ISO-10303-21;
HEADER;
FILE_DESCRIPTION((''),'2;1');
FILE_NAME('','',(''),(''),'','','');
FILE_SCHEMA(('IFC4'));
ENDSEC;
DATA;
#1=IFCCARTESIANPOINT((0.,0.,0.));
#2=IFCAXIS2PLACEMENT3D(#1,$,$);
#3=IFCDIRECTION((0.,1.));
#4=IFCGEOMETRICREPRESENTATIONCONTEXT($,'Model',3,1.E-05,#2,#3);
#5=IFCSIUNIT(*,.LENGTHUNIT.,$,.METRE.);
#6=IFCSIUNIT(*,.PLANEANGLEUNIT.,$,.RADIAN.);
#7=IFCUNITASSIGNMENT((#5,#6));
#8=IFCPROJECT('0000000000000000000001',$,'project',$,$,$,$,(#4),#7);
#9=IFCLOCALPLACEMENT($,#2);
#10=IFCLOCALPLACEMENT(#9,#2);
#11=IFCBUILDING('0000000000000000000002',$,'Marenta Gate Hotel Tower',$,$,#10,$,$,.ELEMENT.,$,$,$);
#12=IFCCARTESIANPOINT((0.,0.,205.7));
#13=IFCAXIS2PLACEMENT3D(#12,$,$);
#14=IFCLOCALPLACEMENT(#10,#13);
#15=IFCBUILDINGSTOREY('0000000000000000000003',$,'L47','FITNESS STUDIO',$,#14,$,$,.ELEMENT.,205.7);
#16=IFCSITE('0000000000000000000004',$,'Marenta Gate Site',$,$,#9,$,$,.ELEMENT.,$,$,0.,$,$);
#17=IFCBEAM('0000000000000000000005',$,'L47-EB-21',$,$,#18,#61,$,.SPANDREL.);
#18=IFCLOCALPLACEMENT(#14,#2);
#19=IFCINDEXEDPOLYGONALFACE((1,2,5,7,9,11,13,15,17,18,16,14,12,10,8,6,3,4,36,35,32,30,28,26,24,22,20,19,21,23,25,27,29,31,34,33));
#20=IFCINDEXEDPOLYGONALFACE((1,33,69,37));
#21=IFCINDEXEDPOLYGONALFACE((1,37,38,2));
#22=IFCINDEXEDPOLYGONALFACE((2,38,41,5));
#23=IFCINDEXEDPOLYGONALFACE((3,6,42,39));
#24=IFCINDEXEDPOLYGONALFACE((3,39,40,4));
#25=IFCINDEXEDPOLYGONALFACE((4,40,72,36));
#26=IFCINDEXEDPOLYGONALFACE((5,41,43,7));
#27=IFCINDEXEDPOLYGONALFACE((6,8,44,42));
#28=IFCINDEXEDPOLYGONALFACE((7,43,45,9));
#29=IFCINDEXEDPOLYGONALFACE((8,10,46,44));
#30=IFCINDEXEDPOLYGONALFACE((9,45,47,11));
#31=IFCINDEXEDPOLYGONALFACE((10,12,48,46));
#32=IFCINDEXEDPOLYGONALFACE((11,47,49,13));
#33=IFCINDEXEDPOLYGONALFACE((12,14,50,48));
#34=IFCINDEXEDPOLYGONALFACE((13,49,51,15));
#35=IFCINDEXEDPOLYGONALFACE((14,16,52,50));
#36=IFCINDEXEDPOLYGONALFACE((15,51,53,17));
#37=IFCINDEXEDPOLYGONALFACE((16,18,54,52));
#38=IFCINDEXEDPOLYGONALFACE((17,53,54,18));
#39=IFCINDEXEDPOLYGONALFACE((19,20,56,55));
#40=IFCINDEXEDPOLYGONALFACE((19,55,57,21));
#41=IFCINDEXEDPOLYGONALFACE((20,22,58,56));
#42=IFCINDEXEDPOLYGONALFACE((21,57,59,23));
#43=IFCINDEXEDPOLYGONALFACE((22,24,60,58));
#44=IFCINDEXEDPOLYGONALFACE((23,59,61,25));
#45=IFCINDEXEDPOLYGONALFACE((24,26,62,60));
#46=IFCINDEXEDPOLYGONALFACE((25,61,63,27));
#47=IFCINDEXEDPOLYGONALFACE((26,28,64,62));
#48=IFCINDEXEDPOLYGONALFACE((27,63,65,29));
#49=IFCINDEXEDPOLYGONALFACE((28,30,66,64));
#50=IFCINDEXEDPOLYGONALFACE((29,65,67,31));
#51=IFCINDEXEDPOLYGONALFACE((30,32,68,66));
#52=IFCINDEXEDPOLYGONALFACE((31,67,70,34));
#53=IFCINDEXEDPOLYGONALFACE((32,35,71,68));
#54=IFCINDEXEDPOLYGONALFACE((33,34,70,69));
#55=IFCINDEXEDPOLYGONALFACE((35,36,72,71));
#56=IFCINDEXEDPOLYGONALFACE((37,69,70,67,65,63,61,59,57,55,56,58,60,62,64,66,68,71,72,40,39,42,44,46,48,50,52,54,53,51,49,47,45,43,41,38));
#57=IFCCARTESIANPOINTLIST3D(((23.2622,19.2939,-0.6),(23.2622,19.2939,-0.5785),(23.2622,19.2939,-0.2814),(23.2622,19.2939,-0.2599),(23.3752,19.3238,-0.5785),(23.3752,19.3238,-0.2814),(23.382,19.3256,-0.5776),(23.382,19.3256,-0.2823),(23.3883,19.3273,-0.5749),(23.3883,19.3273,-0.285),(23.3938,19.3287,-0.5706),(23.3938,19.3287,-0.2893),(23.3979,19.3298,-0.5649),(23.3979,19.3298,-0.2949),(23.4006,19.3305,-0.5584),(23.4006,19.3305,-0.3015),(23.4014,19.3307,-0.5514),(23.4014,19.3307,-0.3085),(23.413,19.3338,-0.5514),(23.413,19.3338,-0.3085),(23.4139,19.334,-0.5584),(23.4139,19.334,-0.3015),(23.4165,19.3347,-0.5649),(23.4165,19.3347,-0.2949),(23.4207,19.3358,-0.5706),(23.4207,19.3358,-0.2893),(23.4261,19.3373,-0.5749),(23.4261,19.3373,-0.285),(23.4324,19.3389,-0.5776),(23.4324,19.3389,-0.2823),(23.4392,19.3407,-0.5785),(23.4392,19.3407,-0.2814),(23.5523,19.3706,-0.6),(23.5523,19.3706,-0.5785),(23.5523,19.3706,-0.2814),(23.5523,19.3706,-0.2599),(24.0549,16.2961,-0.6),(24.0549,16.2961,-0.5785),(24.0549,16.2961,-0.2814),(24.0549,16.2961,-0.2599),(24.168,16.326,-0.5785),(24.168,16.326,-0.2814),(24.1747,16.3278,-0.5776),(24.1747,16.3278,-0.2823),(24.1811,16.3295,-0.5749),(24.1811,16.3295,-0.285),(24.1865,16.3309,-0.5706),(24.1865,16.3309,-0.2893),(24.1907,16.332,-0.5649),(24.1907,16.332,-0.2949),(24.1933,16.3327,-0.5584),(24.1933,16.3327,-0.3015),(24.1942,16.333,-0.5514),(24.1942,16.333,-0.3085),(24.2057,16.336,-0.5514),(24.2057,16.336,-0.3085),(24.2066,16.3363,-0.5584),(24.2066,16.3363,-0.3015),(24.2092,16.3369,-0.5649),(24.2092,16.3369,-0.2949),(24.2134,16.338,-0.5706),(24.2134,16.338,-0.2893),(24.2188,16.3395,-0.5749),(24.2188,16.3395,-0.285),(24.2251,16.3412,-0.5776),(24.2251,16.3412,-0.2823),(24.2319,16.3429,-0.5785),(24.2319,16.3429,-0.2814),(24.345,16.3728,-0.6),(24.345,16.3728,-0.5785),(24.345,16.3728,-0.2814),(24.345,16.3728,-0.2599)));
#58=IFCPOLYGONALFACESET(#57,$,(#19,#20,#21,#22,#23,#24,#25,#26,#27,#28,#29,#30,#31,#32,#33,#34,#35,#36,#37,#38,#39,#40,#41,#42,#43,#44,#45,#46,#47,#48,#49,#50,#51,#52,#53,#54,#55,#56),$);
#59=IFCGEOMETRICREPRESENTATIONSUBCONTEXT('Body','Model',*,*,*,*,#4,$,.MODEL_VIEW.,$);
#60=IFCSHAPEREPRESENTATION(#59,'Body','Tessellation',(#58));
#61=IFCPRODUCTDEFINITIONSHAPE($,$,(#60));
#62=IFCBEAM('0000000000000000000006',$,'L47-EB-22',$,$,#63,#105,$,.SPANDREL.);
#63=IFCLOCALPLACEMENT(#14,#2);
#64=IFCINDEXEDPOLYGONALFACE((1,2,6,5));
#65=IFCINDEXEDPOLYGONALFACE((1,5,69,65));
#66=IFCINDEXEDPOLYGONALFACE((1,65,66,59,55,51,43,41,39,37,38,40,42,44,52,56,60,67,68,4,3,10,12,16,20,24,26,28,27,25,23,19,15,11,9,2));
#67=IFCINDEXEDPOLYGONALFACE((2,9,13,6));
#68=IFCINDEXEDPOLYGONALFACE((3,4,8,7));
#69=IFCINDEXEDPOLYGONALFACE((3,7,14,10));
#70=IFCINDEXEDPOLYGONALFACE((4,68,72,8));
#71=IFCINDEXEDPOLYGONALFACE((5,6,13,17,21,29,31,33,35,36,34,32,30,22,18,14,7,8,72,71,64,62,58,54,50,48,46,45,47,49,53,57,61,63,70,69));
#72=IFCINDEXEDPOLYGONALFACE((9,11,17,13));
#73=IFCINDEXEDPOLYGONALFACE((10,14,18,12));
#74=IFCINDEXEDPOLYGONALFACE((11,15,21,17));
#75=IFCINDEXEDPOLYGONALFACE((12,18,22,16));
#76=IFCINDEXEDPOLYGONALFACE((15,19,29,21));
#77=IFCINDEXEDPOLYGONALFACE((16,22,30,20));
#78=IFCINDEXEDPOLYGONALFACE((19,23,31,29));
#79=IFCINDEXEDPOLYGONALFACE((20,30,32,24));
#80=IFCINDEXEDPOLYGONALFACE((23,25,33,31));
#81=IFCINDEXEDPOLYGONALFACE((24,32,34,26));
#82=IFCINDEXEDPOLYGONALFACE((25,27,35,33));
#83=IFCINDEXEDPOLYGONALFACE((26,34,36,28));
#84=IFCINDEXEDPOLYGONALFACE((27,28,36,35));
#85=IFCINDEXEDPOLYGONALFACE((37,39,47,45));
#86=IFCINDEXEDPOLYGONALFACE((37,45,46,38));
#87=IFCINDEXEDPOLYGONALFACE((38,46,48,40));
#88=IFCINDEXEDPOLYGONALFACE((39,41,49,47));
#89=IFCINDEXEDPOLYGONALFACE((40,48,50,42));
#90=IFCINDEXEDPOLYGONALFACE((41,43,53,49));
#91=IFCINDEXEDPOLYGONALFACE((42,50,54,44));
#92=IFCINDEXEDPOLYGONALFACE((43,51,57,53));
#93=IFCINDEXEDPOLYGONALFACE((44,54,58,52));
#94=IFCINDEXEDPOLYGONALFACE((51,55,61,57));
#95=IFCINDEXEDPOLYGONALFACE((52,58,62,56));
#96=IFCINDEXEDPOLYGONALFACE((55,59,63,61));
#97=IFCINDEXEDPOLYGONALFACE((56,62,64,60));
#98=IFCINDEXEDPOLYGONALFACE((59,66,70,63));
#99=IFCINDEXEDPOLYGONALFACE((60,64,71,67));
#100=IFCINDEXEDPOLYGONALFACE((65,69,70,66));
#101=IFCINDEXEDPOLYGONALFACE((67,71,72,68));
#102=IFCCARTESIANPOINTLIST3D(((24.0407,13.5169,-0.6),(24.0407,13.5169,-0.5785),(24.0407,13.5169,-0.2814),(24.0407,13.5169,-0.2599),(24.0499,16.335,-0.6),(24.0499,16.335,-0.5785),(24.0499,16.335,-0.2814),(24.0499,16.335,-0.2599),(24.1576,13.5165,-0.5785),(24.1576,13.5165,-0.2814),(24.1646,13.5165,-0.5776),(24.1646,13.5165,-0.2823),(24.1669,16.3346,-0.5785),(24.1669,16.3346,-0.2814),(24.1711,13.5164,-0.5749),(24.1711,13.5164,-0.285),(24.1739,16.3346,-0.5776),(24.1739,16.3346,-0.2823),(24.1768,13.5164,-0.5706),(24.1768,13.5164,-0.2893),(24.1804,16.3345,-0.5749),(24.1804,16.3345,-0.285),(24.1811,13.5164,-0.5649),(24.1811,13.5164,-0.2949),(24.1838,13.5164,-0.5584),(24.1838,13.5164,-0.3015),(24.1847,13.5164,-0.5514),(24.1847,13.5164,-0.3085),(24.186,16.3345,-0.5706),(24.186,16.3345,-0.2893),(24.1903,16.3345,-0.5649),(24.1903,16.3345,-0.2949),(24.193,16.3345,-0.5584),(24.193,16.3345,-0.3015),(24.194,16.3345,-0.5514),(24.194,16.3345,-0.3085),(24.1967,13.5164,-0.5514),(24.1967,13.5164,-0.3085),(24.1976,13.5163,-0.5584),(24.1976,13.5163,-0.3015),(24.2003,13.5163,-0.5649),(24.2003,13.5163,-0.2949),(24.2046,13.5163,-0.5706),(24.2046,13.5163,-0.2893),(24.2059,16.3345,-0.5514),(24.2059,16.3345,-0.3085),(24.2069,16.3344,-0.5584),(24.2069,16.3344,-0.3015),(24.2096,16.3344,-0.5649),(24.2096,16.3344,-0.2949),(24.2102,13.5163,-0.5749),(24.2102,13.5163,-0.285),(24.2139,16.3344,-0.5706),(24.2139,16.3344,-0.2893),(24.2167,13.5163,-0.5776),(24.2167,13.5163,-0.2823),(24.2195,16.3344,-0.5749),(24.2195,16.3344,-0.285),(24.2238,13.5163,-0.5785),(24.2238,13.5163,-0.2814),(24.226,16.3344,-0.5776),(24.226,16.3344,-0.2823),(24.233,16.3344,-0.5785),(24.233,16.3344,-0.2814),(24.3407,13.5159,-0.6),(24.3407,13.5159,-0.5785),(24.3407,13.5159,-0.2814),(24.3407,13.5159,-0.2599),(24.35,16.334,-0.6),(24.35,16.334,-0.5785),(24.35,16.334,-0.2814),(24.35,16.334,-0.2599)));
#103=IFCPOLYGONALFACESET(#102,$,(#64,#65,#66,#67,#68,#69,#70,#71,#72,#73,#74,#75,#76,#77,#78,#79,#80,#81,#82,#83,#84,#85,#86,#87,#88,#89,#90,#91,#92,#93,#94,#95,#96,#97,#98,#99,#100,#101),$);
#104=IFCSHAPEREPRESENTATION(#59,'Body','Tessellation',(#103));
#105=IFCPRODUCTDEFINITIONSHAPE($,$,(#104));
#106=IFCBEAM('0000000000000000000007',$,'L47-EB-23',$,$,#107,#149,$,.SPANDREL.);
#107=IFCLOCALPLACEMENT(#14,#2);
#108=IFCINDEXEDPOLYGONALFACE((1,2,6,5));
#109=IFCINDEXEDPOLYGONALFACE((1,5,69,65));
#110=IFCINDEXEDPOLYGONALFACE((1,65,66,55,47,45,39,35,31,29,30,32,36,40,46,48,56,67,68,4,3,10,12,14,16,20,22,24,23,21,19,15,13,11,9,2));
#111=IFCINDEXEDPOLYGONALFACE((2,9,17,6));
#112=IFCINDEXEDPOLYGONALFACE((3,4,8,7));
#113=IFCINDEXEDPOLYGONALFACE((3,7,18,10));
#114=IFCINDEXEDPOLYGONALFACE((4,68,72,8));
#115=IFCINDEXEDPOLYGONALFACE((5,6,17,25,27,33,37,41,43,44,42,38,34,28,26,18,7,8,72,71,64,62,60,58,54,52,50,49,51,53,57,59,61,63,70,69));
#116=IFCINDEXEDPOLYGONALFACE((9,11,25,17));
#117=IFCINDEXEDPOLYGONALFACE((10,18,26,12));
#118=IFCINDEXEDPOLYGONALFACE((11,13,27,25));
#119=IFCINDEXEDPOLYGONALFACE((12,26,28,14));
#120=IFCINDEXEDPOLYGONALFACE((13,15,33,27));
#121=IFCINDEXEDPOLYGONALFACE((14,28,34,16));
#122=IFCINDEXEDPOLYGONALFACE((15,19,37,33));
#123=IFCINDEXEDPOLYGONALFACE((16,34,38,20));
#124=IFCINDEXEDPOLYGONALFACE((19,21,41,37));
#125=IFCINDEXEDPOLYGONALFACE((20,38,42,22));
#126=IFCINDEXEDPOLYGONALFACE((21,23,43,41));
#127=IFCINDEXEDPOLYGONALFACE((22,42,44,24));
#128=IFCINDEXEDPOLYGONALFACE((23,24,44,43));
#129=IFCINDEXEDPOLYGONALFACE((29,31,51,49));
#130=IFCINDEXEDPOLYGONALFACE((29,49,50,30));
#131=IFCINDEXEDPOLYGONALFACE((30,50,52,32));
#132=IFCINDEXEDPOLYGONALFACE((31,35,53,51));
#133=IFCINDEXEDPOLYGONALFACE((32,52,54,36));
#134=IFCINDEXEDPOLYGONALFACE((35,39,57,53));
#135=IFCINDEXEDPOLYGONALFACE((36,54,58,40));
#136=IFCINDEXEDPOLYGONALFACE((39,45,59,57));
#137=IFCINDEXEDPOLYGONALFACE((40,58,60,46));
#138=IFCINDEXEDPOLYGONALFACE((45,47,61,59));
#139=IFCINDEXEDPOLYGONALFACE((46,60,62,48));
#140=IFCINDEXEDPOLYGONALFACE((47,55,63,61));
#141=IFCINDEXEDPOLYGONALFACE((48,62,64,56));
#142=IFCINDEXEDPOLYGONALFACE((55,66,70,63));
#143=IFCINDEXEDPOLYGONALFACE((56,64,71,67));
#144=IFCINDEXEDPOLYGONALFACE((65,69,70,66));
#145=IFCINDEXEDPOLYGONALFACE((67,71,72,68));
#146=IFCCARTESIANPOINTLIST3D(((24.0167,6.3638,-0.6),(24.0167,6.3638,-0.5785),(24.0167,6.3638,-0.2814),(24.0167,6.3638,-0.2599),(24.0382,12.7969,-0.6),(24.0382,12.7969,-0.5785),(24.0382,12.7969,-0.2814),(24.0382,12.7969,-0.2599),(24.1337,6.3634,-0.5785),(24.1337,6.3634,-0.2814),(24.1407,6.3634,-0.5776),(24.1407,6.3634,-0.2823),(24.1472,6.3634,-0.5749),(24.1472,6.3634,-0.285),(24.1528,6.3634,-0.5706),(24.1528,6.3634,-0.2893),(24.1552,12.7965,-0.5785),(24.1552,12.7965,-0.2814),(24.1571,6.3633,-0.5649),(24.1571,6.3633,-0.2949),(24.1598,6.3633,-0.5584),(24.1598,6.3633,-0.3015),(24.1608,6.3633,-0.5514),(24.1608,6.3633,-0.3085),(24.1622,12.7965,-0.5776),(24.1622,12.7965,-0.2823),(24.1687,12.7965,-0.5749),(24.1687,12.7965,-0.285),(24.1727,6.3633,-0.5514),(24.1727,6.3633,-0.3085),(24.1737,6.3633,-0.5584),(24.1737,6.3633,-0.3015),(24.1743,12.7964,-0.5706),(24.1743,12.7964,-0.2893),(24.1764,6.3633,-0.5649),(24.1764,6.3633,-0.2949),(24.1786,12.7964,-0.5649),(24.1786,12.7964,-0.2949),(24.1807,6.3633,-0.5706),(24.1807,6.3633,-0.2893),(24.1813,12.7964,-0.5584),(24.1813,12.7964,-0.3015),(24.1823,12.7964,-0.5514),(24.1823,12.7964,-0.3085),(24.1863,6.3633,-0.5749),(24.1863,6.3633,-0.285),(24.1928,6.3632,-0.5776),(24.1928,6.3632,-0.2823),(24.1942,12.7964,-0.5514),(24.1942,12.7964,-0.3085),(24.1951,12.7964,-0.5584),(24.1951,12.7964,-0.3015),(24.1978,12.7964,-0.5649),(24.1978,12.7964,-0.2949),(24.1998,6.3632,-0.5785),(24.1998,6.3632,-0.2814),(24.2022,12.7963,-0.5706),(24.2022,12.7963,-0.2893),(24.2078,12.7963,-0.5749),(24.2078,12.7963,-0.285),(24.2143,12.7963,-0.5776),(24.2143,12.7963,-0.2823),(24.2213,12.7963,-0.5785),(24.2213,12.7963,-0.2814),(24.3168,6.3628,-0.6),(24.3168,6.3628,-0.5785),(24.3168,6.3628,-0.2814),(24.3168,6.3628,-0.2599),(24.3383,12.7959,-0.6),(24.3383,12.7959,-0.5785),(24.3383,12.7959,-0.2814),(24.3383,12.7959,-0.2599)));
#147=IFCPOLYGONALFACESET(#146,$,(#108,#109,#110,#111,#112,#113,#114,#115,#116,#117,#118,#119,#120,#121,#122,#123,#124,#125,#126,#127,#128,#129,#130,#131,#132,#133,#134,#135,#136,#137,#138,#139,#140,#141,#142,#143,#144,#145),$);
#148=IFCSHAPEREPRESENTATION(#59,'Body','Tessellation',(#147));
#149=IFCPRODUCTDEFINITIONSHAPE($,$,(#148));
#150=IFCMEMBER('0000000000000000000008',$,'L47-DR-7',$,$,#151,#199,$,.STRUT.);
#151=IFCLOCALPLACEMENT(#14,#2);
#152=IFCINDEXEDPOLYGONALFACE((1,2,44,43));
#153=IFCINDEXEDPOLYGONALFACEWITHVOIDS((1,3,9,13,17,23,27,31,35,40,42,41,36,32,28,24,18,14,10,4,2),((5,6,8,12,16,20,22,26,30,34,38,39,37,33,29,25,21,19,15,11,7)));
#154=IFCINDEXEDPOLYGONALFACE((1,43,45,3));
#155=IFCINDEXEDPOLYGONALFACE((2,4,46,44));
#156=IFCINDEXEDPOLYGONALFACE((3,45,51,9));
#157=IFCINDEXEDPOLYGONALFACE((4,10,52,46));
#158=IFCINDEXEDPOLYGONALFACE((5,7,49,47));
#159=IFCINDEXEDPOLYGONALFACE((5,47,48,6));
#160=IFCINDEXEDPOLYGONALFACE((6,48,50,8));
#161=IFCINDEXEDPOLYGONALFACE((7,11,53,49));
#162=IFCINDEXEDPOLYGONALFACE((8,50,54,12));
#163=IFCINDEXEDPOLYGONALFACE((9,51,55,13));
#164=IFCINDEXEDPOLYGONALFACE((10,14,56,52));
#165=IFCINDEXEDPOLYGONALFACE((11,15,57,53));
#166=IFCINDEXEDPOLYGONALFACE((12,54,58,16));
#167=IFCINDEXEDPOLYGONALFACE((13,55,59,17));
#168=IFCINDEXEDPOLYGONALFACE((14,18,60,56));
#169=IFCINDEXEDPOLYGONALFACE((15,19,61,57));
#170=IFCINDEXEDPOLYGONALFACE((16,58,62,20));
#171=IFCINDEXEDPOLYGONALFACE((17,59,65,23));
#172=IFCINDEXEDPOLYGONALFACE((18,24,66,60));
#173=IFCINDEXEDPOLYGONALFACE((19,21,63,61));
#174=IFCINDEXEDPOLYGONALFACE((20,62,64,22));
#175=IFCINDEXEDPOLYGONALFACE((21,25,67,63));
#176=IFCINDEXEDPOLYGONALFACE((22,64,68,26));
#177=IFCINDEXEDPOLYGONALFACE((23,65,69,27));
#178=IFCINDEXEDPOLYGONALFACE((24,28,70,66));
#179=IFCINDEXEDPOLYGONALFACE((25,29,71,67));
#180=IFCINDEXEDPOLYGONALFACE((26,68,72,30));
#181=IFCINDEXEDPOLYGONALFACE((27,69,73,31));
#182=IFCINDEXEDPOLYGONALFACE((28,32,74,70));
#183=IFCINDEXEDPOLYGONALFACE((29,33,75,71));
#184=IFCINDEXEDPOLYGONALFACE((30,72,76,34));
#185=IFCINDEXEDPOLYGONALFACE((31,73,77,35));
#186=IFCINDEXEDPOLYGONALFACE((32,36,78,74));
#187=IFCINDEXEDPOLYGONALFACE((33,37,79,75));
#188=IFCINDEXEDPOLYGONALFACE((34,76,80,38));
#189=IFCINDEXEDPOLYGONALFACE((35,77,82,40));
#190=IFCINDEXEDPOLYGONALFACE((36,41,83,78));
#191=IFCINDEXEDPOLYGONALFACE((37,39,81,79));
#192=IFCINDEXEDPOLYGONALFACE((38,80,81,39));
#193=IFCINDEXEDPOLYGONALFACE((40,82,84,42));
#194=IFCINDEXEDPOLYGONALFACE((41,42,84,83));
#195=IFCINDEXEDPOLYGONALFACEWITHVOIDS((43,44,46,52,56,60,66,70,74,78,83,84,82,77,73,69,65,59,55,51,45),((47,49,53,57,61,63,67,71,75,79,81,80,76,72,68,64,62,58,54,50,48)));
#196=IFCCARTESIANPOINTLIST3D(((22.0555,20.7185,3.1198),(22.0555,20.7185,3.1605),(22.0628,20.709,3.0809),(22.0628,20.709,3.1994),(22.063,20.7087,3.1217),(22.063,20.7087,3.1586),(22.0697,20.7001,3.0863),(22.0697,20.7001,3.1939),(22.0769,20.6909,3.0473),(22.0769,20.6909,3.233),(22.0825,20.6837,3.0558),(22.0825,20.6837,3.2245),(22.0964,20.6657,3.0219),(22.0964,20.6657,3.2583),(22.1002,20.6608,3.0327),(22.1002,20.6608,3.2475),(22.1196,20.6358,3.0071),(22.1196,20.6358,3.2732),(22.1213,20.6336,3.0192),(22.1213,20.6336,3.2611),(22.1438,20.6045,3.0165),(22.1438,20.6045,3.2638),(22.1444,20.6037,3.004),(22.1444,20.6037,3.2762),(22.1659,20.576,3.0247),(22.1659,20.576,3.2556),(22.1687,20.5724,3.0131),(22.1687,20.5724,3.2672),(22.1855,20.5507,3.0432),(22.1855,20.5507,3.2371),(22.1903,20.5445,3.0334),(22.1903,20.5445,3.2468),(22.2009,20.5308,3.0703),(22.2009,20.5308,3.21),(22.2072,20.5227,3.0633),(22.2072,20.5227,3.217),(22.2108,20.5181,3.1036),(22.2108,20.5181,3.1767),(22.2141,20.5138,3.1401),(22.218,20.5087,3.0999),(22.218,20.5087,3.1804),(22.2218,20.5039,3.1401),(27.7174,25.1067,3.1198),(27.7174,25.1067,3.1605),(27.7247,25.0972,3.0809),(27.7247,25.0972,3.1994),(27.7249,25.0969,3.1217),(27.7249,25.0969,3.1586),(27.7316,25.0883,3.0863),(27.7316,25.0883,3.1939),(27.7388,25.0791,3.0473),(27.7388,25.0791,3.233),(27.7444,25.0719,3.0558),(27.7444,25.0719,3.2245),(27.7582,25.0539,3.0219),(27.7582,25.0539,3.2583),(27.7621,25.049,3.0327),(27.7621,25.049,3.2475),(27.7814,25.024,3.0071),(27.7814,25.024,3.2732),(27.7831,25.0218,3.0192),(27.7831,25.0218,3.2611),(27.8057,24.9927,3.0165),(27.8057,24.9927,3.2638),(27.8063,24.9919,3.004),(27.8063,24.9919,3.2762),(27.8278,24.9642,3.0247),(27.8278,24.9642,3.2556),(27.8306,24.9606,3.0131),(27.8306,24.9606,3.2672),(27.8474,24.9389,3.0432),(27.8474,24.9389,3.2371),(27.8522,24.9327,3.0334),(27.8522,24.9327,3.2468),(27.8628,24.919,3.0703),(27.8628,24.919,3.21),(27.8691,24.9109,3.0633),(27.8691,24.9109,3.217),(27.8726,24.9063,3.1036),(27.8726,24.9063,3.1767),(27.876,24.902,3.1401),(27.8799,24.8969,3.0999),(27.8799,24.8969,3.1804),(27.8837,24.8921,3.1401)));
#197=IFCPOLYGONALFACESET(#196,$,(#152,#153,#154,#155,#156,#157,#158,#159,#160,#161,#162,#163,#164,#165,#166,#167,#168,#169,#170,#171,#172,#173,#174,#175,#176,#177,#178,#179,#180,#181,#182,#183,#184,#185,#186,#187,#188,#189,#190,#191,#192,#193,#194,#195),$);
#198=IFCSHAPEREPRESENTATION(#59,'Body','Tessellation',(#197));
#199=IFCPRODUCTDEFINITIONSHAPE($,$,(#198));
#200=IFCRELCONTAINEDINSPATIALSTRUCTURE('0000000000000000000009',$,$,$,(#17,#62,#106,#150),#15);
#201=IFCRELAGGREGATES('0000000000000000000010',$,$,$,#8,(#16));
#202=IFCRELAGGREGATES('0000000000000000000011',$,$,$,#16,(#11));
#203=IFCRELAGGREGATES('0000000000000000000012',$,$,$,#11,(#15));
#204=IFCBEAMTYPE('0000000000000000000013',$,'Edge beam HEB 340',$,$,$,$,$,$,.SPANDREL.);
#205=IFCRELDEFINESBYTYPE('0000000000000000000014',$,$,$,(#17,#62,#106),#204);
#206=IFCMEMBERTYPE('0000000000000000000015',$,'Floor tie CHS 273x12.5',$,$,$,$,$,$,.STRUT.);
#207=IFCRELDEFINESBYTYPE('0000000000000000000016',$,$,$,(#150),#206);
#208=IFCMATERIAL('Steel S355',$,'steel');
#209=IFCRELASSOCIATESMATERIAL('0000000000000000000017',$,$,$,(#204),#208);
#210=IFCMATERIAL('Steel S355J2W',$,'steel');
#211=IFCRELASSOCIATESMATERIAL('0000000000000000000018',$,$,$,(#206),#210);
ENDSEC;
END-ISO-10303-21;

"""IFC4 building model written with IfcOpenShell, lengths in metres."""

from ifc_helpers import new_model, si_unit, direction, frame, origin, origin_2d, place, context, subcontext, project, spatial, hollow_circle, i_section, extrude, material, material_profile, profile_set, type_object, element, save


model = new_model("IFC4")

# Units and contexts
model_context = context("Model", 3, precision=1e-05, world=origin(), true_north=direction((0.0, 1.0)))
body_context = subcontext(model_context, "Body", "Model", "MODEL_VIEW")
ifc_project = project(units=[si_unit("LENGTHUNIT", "METRE"), si_unit("PLANEANGLEUNIT", "RADIAN")], contexts=[model_context])

# Site, building, storey
site_placement = place(None, origin())
site = spatial("IfcSite", under=ifc_project, at=site_placement, Name="Marenta Gate Site", CompositionType="ELEMENT", RefElevation=0.0)
building_placement = place(site_placement, origin())
building = spatial("IfcBuilding", under=site, at=building_placement, Name="Marenta Gate Hotel Tower", CompositionType="ELEMENT")
storey_placement = place(building_placement, frame((0.0, 0.0, 205.7)))
storey = spatial("IfcBuildingStorey", under=building, at=storey_placement, Name="L47", Description="FITNESS STUDIO", CompositionType="ELEMENT", Elevation=205.7)

# Beams
ifc_material_1 = material(Name="Steel S355", Category="steel")
ifc_material_profile_1 = material_profile(ifc_material_1, i_section(OverallWidth=0.3, OverallDepth=0.3401, WebThickness=0.012, FlangeThickness=0.0215, FilletRadius=0.0271, at=origin_2d()), Name="HEB 340")
ifc_profile_set_1 = profile_set([ifc_material_profile_1], Name="Steel S355")
beam_type = type_object("IfcBeamType", Name="Edge beam HEB 340", PredefinedType="SPANDREL", material=ifc_profile_set_1)
beam_1_placement = place(storey_placement, frame((23.4072, 19.3323, -0.4299), z_axis=(0.255648, -0.96677, 0.0), x_axis=(0.96677, 0.255648, 0.0)))
element("IfcBeam", 1, at=beam_1_placement, inside=storey, type_object=beam_type, Name="L47-EB-21", PredefinedType="SPANDREL", context=body_context, shape_type="SweptSolid", body=[
    extrude(i_section(OverallWidth=0.3, OverallDepth=0.3401, WebThickness=0.012, FlangeThickness=0.0215, FilletRadius=0.0271, at=origin_2d()), origin(), (0.0, 0.0, 1.0), 3.1008),
])
beam_2_placement = place(storey_placement, frame((24.2, 16.3345, -0.4299), z_axis=(-0.003292, -0.999995, 0.0), x_axis=(0.999995, -0.003292, 0.0)))
element("IfcBeam", 2, at=beam_2_placement, inside=storey, type_object=beam_type, Name="L47-EB-22", PredefinedType="SPANDREL", context=body_context, shape_type="SweptSolid", body=[
    extrude(i_section(OverallWidth=0.3, OverallDepth=0.3401, WebThickness=0.012, FlangeThickness=0.0215, FilletRadius=0.0271, at=origin_2d()), origin(), (0.0, 0.0, 1.0), 2.8181),
])
beam_3_placement = place(storey_placement, frame((24.1882, 12.7964, -0.4299), z_axis=(-0.00334, -0.999994, 0.0), x_axis=(0.999994, -0.00334, 0.0)))
element("IfcBeam", 3, at=beam_3_placement, inside=storey, type_object=beam_type, Name="L47-EB-23", PredefinedType="SPANDREL", context=body_context, shape_type="SweptSolid", body=[
    extrude(i_section(OverallWidth=0.3, OverallDepth=0.3401, WebThickness=0.012, FlangeThickness=0.0215, FilletRadius=0.0271, at=origin_2d()), origin(), (0.0, 0.0, 1.0), 6.4331),
])

# Member
ifc_material_2 = material(Name="Steel S355J2W", Category="steel")
ifc_material_profile_2 = material_profile(ifc_material_2, hollow_circle(Radius=0.1365, WallThickness=0.0125, at=origin_2d()), Name="CHS 273x12.5")
ifc_profile_set_2 = profile_set([ifc_material_profile_2], Name="Steel S355J2W")
member_type_1 = type_object("IfcMemberType", Name="Floor tie CHS 273x12.5", PredefinedType="STRUT", material=ifc_profile_set_2)
member_1_placement = place(storey_placement, frame((27.8, 25.0, 3.1401), z_axis=(-0.790399, -0.612592, 0.0), x_axis=(0.612592, -0.790399, 0.0)))
element("IfcMember", 4, at=member_1_placement, inside=storey, type_object=member_type_1, Name="L47-DR-7", PredefinedType="STRUT", context=body_context, shape_type="SweptSolid", body=[
    extrude(hollow_circle(Radius=0.1365, WallThickness=0.0125, at=origin_2d()), origin(), (0.0, 0.0, 1.0), 7.1633),
])

save(model, "model.ifc")
